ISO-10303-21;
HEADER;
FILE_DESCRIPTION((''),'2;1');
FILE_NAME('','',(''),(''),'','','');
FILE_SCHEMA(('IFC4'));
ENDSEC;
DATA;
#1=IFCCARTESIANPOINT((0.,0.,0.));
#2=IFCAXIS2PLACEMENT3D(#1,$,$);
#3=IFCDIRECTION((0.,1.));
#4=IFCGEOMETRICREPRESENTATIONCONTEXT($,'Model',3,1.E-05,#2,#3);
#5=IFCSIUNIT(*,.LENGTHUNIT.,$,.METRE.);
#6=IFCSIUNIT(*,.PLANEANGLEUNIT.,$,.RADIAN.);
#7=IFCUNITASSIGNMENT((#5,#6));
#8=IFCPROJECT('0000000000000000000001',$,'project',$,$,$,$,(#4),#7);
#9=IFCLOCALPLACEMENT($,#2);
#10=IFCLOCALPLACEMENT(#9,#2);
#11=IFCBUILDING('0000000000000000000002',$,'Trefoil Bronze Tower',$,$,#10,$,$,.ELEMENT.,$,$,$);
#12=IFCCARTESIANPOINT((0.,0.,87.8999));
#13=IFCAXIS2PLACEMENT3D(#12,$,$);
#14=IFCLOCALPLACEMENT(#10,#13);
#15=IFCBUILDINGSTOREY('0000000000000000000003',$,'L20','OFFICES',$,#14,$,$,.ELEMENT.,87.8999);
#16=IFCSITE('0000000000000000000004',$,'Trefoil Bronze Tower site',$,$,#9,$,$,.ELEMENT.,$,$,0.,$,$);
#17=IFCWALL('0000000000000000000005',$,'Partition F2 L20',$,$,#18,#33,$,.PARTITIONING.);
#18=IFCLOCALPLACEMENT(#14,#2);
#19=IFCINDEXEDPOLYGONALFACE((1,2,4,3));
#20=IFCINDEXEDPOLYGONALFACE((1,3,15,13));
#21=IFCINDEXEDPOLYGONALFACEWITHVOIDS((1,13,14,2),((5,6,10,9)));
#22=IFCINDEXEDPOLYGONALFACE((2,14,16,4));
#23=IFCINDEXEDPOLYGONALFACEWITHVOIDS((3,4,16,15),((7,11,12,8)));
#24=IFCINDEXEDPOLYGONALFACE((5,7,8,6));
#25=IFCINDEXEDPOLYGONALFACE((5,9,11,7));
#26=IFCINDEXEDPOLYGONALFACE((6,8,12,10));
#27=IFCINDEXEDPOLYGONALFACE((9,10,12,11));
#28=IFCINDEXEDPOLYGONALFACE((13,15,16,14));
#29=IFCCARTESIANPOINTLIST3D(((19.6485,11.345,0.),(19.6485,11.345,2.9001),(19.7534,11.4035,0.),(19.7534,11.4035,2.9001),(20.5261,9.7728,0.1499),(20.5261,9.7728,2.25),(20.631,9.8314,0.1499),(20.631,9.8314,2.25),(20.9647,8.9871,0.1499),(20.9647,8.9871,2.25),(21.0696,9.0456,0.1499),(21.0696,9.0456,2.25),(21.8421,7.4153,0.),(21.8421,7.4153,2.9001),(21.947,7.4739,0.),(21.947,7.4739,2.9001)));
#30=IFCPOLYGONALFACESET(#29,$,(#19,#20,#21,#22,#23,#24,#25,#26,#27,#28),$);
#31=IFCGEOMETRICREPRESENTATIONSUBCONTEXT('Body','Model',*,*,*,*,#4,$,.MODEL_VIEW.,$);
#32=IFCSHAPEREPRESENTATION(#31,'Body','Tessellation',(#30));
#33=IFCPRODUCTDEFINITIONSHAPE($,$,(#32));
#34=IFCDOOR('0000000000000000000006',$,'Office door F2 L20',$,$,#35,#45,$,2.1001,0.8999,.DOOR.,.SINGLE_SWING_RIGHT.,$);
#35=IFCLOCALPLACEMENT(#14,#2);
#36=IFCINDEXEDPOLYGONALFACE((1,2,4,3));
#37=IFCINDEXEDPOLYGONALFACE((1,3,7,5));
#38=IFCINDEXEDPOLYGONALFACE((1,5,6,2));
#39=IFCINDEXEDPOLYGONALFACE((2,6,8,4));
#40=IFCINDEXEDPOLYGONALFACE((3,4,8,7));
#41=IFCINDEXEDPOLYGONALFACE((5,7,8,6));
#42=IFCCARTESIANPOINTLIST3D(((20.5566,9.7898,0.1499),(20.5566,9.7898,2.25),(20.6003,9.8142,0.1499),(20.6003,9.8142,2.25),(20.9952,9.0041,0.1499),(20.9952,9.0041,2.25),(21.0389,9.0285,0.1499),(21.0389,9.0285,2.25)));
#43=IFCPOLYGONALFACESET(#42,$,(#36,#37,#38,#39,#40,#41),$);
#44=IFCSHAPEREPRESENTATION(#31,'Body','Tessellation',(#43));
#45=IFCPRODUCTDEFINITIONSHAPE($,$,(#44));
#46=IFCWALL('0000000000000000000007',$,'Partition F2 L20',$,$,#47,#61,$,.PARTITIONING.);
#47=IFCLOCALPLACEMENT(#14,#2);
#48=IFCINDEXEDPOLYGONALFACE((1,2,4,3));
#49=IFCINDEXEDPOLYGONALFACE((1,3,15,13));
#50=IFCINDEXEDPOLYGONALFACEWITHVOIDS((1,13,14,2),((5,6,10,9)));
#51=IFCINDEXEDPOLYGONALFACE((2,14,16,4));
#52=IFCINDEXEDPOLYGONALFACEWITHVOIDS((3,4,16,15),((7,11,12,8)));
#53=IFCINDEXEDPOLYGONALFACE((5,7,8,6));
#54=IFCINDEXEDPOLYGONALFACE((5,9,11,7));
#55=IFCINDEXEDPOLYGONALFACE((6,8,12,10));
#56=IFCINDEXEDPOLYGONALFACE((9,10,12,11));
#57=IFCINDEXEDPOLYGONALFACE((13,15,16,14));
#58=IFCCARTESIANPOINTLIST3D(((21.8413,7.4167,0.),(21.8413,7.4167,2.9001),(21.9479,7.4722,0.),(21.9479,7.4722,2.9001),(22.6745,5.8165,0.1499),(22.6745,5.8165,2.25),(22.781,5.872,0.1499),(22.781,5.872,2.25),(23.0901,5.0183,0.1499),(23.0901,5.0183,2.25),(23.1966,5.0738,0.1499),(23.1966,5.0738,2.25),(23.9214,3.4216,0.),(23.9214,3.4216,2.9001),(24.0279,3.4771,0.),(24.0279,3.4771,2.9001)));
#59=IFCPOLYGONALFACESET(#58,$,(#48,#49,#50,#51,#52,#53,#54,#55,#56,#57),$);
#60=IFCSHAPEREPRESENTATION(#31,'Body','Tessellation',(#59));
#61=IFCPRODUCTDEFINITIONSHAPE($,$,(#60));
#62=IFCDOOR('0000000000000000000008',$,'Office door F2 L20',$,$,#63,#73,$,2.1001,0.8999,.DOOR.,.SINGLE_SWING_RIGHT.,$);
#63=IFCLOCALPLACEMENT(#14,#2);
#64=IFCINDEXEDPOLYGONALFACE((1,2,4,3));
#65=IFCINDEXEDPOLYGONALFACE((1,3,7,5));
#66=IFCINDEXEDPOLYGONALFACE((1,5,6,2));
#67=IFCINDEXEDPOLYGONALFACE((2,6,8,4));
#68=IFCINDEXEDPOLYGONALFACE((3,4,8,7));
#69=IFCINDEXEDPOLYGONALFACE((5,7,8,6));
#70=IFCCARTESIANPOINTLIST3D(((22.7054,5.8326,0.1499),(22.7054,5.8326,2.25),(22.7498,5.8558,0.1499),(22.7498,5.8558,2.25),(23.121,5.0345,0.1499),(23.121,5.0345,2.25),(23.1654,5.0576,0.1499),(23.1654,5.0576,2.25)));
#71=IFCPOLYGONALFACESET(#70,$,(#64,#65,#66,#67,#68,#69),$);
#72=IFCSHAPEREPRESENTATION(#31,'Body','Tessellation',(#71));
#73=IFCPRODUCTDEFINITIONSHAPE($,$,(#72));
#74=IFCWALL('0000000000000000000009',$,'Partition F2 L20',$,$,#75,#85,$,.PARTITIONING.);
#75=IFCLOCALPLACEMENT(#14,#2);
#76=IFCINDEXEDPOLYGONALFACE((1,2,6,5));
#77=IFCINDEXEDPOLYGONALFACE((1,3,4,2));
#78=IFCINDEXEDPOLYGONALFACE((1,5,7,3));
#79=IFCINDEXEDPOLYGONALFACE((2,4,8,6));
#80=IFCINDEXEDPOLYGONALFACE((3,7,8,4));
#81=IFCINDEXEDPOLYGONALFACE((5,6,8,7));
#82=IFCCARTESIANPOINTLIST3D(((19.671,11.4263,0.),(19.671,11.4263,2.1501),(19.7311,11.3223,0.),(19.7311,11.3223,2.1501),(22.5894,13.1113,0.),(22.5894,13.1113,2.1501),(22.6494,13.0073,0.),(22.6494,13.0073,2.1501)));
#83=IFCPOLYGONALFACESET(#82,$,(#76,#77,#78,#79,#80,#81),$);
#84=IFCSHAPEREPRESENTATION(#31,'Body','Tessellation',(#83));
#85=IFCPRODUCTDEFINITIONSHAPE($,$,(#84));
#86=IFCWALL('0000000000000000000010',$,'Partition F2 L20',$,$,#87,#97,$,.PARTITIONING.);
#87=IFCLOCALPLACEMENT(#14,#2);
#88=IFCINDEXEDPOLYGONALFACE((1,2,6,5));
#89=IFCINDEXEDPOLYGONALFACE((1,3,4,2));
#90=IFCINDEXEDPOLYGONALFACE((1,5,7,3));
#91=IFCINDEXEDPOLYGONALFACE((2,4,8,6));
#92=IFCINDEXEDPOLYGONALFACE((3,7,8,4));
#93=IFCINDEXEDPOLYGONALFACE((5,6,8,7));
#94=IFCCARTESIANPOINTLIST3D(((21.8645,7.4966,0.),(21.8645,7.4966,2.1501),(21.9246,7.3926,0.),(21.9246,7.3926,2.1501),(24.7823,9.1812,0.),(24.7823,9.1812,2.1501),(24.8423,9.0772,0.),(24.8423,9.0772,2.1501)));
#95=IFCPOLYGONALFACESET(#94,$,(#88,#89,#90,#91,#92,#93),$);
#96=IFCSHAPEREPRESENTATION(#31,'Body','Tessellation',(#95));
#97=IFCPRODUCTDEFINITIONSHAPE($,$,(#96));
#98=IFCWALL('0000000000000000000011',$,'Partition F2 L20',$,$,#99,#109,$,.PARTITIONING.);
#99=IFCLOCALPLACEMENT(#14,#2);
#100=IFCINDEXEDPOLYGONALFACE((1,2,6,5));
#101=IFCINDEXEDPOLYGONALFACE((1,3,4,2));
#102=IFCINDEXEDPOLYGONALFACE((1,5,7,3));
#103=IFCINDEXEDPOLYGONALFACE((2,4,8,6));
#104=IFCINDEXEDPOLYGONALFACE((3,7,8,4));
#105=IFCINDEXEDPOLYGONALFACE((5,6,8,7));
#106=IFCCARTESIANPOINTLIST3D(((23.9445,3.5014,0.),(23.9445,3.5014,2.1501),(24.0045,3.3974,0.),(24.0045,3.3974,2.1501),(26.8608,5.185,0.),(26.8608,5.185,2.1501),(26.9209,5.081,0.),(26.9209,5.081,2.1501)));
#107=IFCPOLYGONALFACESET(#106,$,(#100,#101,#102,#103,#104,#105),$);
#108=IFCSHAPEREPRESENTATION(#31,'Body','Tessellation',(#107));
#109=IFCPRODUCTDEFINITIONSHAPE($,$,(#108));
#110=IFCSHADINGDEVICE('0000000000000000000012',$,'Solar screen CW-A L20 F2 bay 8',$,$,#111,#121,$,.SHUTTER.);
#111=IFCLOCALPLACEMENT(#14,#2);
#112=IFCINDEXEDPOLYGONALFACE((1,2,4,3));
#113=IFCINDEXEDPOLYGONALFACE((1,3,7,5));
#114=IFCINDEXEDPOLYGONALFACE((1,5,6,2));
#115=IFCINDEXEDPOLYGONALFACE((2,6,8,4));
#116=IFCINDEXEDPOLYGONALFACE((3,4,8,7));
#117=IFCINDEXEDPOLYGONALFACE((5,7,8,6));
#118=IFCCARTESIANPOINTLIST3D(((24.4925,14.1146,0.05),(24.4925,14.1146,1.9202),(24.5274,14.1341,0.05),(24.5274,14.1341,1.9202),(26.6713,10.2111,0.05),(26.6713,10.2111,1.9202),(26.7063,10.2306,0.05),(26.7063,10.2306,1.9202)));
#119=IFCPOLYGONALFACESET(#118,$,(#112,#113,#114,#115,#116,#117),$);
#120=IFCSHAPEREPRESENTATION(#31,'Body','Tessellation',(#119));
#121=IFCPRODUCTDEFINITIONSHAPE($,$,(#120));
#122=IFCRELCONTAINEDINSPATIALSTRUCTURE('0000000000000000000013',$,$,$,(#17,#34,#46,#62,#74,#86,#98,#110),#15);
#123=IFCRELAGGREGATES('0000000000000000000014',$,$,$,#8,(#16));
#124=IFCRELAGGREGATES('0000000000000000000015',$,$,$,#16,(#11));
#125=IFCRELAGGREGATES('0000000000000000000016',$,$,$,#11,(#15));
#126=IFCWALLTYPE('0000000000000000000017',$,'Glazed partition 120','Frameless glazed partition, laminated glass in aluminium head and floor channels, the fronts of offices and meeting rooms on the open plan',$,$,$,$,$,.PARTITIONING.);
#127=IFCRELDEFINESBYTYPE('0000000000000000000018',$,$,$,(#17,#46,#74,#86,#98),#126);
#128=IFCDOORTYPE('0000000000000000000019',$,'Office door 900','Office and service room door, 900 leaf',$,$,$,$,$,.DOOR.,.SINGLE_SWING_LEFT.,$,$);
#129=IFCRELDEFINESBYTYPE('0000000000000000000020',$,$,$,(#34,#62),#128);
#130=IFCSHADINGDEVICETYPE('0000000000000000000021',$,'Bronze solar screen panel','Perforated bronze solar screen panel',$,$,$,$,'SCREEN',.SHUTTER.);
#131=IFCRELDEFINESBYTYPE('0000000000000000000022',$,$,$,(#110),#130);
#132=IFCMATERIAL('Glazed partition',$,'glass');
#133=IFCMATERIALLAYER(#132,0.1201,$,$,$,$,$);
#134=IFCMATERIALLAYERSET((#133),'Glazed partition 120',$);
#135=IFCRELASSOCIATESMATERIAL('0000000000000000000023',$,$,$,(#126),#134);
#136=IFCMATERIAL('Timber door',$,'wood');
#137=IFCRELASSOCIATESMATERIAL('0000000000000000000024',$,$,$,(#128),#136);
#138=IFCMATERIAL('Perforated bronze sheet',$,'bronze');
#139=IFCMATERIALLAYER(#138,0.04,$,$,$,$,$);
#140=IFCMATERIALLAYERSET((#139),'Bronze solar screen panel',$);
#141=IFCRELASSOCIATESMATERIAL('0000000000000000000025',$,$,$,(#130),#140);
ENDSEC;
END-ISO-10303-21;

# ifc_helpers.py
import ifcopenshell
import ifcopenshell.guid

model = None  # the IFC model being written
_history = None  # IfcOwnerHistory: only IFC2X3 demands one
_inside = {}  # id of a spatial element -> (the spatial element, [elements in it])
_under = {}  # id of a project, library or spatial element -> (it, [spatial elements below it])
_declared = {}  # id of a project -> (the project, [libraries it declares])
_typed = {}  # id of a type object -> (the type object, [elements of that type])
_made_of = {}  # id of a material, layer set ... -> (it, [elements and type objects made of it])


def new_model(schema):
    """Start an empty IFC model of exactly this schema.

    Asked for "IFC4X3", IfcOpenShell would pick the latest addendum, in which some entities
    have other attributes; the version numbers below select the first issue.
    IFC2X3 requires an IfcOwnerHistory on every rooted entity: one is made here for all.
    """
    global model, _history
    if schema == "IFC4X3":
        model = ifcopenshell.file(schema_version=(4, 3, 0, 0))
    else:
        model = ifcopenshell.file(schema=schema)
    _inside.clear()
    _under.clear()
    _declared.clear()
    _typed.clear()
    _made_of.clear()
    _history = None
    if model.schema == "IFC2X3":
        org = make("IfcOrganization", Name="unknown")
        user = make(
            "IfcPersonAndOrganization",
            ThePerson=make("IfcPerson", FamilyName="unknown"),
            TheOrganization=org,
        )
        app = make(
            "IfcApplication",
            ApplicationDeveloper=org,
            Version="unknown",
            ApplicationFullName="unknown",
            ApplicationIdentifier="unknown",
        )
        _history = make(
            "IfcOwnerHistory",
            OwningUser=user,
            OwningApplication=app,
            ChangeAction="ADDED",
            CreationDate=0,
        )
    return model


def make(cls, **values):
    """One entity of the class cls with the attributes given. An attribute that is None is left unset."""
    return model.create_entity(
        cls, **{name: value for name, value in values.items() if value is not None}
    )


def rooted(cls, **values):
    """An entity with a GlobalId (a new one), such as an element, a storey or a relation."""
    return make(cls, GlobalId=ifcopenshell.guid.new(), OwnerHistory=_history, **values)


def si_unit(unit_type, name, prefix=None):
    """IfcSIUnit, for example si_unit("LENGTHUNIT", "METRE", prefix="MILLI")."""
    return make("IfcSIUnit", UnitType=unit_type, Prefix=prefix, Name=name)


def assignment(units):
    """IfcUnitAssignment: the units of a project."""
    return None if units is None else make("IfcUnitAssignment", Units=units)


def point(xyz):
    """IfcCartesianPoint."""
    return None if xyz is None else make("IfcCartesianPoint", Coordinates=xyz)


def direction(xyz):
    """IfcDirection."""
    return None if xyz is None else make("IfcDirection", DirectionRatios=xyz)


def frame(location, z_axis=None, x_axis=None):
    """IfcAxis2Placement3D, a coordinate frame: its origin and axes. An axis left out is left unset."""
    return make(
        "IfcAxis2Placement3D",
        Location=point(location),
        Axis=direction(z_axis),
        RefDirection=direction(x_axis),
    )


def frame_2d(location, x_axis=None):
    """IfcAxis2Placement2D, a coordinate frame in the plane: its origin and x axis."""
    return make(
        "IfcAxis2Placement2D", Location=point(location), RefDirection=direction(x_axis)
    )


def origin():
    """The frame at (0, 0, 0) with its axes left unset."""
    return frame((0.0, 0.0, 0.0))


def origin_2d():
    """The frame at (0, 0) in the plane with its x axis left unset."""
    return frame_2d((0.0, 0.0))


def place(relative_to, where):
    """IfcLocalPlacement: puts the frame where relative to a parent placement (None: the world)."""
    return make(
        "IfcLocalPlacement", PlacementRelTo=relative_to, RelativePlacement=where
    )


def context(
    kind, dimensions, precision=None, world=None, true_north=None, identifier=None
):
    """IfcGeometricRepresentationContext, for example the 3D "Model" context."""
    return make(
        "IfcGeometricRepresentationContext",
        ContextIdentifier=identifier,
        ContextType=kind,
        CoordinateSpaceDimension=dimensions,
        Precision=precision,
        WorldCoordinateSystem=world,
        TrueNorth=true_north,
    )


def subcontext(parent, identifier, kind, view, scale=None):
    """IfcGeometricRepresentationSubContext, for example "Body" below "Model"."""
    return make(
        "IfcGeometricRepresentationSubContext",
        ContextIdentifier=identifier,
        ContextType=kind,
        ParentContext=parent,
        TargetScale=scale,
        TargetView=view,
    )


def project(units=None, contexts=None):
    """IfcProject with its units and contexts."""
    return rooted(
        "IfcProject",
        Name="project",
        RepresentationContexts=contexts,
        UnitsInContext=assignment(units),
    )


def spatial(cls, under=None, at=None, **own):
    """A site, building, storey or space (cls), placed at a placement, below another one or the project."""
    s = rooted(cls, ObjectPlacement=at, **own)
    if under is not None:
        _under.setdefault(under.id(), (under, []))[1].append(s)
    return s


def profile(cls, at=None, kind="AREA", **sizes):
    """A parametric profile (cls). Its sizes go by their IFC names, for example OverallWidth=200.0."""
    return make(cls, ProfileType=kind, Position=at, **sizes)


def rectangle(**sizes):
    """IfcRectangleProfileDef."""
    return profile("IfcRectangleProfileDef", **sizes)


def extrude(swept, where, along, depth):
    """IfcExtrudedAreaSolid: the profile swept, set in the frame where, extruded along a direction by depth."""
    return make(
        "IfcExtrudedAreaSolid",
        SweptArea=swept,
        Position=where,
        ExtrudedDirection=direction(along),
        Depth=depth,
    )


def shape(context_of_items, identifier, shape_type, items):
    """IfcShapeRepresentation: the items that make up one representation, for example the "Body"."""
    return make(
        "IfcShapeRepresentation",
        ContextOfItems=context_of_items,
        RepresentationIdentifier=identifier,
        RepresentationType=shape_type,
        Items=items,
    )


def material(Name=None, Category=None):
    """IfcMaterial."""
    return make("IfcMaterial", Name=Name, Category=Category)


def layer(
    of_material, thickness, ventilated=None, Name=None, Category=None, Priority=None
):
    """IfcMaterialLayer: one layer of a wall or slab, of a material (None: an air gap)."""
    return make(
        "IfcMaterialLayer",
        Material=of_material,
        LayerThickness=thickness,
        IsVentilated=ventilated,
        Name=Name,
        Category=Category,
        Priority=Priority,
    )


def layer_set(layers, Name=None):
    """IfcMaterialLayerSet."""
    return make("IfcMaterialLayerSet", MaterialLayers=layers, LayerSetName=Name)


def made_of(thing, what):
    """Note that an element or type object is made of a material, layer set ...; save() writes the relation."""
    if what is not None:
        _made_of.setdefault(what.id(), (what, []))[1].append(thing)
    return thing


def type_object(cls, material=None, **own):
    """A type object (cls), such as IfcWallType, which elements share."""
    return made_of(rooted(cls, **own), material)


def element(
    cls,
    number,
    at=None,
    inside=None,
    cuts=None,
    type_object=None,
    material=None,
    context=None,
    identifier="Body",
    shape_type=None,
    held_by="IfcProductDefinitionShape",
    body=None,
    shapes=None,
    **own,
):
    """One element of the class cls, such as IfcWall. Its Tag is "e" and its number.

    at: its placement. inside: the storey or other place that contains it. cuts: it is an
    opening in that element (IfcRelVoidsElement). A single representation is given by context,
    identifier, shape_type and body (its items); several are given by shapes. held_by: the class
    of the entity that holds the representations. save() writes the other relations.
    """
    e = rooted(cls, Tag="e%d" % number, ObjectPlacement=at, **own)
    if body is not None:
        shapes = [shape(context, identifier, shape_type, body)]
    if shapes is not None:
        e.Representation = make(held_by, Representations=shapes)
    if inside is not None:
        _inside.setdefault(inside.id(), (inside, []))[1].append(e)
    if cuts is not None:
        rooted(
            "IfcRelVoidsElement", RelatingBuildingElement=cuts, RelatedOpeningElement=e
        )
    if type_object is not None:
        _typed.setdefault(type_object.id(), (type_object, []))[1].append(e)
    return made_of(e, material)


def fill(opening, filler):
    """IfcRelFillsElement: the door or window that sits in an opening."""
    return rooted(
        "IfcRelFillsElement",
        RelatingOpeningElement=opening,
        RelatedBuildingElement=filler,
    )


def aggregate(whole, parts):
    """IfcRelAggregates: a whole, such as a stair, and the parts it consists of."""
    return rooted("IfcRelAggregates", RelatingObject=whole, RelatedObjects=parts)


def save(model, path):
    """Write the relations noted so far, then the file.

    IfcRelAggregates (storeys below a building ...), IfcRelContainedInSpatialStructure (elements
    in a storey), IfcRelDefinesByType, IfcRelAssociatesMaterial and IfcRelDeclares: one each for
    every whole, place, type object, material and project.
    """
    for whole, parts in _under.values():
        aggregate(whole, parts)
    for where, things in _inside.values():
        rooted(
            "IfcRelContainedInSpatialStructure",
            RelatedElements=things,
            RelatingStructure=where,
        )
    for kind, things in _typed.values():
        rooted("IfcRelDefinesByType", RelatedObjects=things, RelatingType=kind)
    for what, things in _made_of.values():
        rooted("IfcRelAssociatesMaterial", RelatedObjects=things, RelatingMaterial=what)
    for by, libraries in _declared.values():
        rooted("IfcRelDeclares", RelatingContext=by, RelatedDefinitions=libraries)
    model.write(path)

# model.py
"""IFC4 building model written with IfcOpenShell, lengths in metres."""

from ifc_helpers import new_model, si_unit, direction, frame, frame_2d, origin, origin_2d, place, context, subcontext, project, spatial, rectangle, extrude, material, layer, layer_set, type_object, element, fill, save


model = new_model("IFC4")

# Units and contexts
model_context = context("Model", 3, precision=1e-05, world=origin(), true_north=direction((0.0, 1.0)))
body_context = subcontext(model_context, "Body", "Model", "MODEL_VIEW")
ifc_project = project(units=[si_unit("LENGTHUNIT", "METRE"), si_unit("PLANEANGLEUNIT", "RADIAN")], contexts=[model_context])

# Site, building, storey
site_placement = place(None, origin())
site = spatial("IfcSite", under=ifc_project, at=site_placement, Name="Trefoil Bronze Tower site", CompositionType="ELEMENT", RefElevation=0.0)
building_placement = place(site_placement, origin())
building = spatial("IfcBuilding", under=site, at=building_placement, Name="Trefoil Bronze Tower", CompositionType="ELEMENT")
storey_placement = place(building_placement, frame((0.0, 0.0, 87.8999)))
storey = spatial("IfcBuildingStorey", under=building, at=storey_placement, Name="L20", Description="OFFICES", CompositionType="ELEMENT", Elevation=87.8999)

# Shared definitions
ifc_material_1 = material(Name="Glazed partition", Category="glass")
ifc_layer_1 = layer(ifc_material_1, 0.1201)
ifc_layer_set_1 = layer_set([ifc_layer_1], Name="Glazed partition 120")
wall_type = type_object("IfcWallType", Name="Glazed partition 120", Description="Frameless glazed partition, laminated glass in aluminium head and floor channels, the fronts of offices and meeting rooms on the open plan", PredefinedType="PARTITIONING", material=ifc_layer_set_1)

# Walls, openings, doors
ifc_material_2 = material(Name="Timber door", Category="wood")
door_type_1 = type_object("IfcDoorType", Name="Office door 900", Description="Office and service room door, 900 leaf", OperationType="SINGLE_SWING_LEFT", PredefinedType="DOOR", material=ifc_material_2)
wall_1_placement = place(storey_placement, frame((21.8945, 7.4446, 0.0), z_axis=(0.0, 0.0, 1.0), x_axis=(-0.487415, 0.87317, 0.0)))
wall_1 = element("IfcWall", 1, at=wall_1_placement, inside=storey, type_object=wall_type, Name="Partition F2 L20", PredefinedType="PARTITIONING", context=body_context, shape_type="SweptSolid", body=[
    extrude(rectangle(XDim=4.5005, YDim=0.1201, at=frame_2d((2.2502, 0.0))), origin(), (0.0, 0.0, 1.0), 2.9001),
])
opening_1_placement = place(wall_1_placement, frame((1.8, 0.0, 0.1499)))
opening_1 = element("IfcOpeningElement", 2, at=opening_1_placement, cuts=wall_1, PredefinedType="OPENING", context=body_context, shape_type="SweptSolid", body=[
    extrude(rectangle(XDim=0.8999, YDim=2.1001, at=frame_2d((0.45, 1.05))), frame((0.0, 0.0701, 0.0), z_axis=(0.0, -1.0, 0.0), x_axis=(1.0, 0.0, 0.0)), (0.0, 0.0, 1.0), 0.1401),
])
door_1_placement = place(opening_1_placement, frame((0.8999, 0.0, 0.0), z_axis=(0.0, 0.0, 1.0), x_axis=(-1.0, 0.0, 0.0)))
door_1 = element("IfcDoor", 3, at=door_1_placement, inside=storey, type_object=door_type_1, Name="Office door F2 L20", OperationType="SINGLE_SWING_RIGHT", OverallHeight=2.1001, OverallWidth=0.8999, PredefinedType="DOOR", context=body_context, shape_type="SweptSolid", body=[
    extrude(rectangle(XDim=0.8999, YDim=2.1001, at=frame_2d((0.45, 1.05))), frame((0.0, 0.0249, 0.0), z_axis=(0.0, -1.0, 0.0), x_axis=(1.0, 0.0, 0.0)), (0.0, 0.0, 1.0), 0.05),
])
fill(opening_1, door_1)
wall_2_placement = place(storey_placement, frame((23.9746, 3.4495, 0.0), z_axis=(0.0, 0.0, 1.0), x_axis=(-0.46181, 0.886979, 0.0)))
wall_2 = element("IfcWall", 4, at=wall_2_placement, inside=storey, type_object=wall_type, Name="Partition F2 L20", PredefinedType="PARTITIONING", context=body_context, shape_type="SweptSolid", body=[
    extrude(rectangle(XDim=4.5042, YDim=0.1201, at=frame_2d((2.252, 0.0))), origin(), (0.0, 0.0, 1.0), 2.9001),
])
opening_2_placement = place(wall_2_placement, frame((1.8, 0.0, 0.1499)))
opening_2 = element("IfcOpeningElement", 5, at=opening_2_placement, cuts=wall_2, PredefinedType="OPENING", context=body_context, shape_type="SweptSolid", body=[
    extrude(rectangle(XDim=0.8999, YDim=2.1001, at=frame_2d((0.45, 1.05))), frame((0.0, 0.0701, 0.0), z_axis=(0.0, -1.0, 0.0), x_axis=(1.0, 0.0, 0.0)), (0.0, 0.0, 1.0), 0.1401),
])
door_2_placement = place(opening_2_placement, frame((0.8999, 0.0, 0.0), z_axis=(0.0, 0.0, 1.0), x_axis=(-1.0, 0.0, 0.0)))
door_2 = element("IfcDoor", 6, at=door_2_placement, inside=storey, type_object=door_type_1, Name="Office door F2 L20", OperationType="SINGLE_SWING_RIGHT", OverallHeight=2.1001, OverallWidth=0.8999, PredefinedType="DOOR", context=body_context, shape_type="SweptSolid", body=[
    extrude(rectangle(XDim=0.8999, YDim=2.1001, at=frame_2d((0.45, 1.05))), frame((0.0, 0.0249, 0.0), z_axis=(0.0, -1.0, 0.0), x_axis=(1.0, 0.0, 0.0)), (0.0, 0.0, 1.0), 0.05),
])
fill(opening_2, door_2)

# Walls
wall_3_placement = place(storey_placement, frame((19.7009, 11.3743, 0.0), z_axis=(0.0, 0.0, 1.0), x_axis=(0.866014, 0.500019, 0.0)))
element("IfcWall", 7, at=wall_3_placement, inside=storey, type_object=wall_type, Name="Partition F2 L20", PredefinedType="PARTITIONING", context=body_context, shape_type="SweptSolid", body=[
    extrude(rectangle(XDim=3.3699, YDim=0.1201, at=frame_2d((1.6851, 0.0))), origin(), (0.0, 0.0, 1.0), 2.1501),
])
wall_4_placement = place(storey_placement, frame((21.8945, 7.4446, 0.0), z_axis=(0.0, 0.0, 1.0), x_axis=(0.866023, 0.500005, 0.0)))
element("IfcWall", 8, at=wall_4_placement, inside=storey, type_object=wall_type, Name="Partition F2 L20", PredefinedType="PARTITIONING", context=body_context, shape_type="SweptSolid", body=[
    extrude(rectangle(XDim=3.3691, YDim=0.1201, at=frame_2d((1.6846, 0.0))), origin(), (0.0, 0.0, 1.0), 2.1501),
])
wall_5_placement = place(storey_placement, frame((23.9746, 3.4495, 0.0), z_axis=(0.0, 0.0, 1.0), x_axis=(0.866039, 0.499976, 0.0)))
element("IfcWall", 9, at=wall_5_placement, inside=storey, type_object=wall_type, Name="Partition F2 L20", PredefinedType="PARTITIONING", context=body_context, shape_type="SweptSolid", body=[
    extrude(rectangle(XDim=3.3674, YDim=0.1201, at=frame_2d((1.6836, 0.0))), origin(), (0.0, 0.0, 1.0), 2.1501),
])

# Shading device
ifc_material_3 = material(Name="Perforated bronze sheet", Category="bronze")
ifc_layer_2 = layer(ifc_material_3, 0.04)
ifc_layer_set_2 = layer_set([ifc_layer_2], Name="Bronze solar screen panel")
shading_device_type = type_object("IfcShadingDeviceType", Name="Bronze solar screen panel", Description="Perforated bronze solar screen panel", ElementType="SCREEN", PredefinedType="SHUTTER", material=ifc_layer_set_2)
shading_device_placement = place(storey_placement, frame((25.5994, 12.1726, 0.05), z_axis=(0.0, 0.0, 1.0), x_axis=(-0.487382, 0.873189, 0.0)))
element("IfcShadingDevice", 10, at=shading_device_placement, inside=storey, type_object=shading_device_type, Name="Solar screen CW-A L20 F2 bay 8", PredefinedType="SHUTTER", context=body_context, shape_type="SweptSolid", body=[
    extrude(rectangle(XDim=4.4705, YDim=0.04, at=origin_2d()), origin(), (0.0, 0.0, 1.0), 1.8701),
])

save(model, "model.ifc")
